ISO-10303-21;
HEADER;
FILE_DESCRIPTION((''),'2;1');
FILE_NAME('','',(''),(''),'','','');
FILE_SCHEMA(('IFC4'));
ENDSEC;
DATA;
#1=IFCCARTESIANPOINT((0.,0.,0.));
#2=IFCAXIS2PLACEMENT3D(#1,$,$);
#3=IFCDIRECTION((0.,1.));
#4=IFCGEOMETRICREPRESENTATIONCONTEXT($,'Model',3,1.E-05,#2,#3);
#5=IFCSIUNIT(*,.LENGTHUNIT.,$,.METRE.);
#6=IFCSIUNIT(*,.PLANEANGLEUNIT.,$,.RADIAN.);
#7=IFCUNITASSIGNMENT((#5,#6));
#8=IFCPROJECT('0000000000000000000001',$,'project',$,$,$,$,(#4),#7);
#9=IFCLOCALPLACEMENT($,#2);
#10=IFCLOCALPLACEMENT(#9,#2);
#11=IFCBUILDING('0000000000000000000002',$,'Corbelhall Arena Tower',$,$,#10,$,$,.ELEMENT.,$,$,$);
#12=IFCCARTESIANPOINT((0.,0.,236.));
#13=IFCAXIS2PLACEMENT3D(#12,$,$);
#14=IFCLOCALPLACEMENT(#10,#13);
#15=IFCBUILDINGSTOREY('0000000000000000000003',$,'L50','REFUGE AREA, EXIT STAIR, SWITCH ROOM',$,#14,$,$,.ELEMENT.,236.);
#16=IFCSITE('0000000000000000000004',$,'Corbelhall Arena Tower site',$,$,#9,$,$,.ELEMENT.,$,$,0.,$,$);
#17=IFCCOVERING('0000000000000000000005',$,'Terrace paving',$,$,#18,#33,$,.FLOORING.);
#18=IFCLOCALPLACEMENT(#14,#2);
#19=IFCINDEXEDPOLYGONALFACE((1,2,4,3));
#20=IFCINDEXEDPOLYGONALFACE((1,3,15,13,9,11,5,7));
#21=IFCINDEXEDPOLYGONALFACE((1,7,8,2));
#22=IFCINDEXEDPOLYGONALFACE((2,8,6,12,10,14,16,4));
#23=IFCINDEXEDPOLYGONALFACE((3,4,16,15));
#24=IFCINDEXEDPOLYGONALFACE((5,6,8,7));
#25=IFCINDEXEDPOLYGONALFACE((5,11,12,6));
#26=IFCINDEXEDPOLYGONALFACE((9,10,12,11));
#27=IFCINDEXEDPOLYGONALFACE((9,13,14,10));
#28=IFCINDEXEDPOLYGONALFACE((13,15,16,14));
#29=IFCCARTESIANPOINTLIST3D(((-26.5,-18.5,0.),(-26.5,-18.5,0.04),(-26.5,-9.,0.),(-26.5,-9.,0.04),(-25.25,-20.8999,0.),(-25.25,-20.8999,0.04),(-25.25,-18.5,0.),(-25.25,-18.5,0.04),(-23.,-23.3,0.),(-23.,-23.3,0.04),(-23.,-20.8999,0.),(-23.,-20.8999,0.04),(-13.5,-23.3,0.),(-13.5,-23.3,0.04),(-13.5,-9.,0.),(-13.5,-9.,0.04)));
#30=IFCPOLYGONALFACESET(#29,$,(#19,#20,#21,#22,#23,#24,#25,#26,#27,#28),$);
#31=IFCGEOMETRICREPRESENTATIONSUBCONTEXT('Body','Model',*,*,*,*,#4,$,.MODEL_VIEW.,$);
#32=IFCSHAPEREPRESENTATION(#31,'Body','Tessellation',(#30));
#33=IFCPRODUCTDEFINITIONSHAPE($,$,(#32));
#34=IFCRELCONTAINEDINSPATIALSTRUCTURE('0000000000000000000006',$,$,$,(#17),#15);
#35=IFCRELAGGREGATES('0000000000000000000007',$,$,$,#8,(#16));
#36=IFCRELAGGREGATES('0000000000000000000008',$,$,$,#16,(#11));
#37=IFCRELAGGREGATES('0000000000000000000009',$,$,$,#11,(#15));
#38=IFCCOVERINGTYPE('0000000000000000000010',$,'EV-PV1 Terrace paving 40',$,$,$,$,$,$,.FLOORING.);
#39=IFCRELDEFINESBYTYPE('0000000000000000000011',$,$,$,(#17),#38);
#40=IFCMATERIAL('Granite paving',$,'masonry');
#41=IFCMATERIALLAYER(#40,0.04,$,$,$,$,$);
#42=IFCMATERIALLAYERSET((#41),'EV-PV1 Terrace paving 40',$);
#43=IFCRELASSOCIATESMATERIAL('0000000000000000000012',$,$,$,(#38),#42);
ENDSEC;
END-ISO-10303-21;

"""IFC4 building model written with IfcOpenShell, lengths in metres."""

from ifc_helpers import new_model, si_unit, direction, frame, origin, place, context, subcontext, project, spatial, polyline, outline, extrude, material, layer, layer_set, type_object, element, save


model = new_model("IFC4")

# Units and contexts
model_context = context("Model", 3, precision=1e-05, world=origin(), true_north=direction((0.0, 1.0)))
body_context = subcontext(model_context, "Body", "Model", "MODEL_VIEW")
ifc_project = project(units=[si_unit("LENGTHUNIT", "METRE"), si_unit("PLANEANGLEUNIT", "RADIAN")], contexts=[model_context])

# Site, building, storey
site_placement = place(None, origin())
site = spatial("IfcSite", under=ifc_project, at=site_placement, Name="Corbelhall Arena Tower site", CompositionType="ELEMENT", RefElevation=0.0)
building_placement = place(site_placement, origin())
building = spatial("IfcBuilding", under=site, at=building_placement, Name="Corbelhall Arena Tower", CompositionType="ELEMENT")
storey_placement = place(building_placement, frame((0.0, 0.0, 236.0)))
storey = spatial("IfcBuildingStorey", under=building, at=storey_placement, Name="L50", Description="REFUGE AREA, EXIT STAIR, SWITCH ROOM", CompositionType="ELEMENT", Elevation=236.0)

# Covering
ifc_material_1 = material(Name="Granite paving", Category="masonry")
ifc_layer_1 = layer(ifc_material_1, 0.04)
ifc_layer_set_1 = layer_set([ifc_layer_1], Name="EV-PV1 Terrace paving 40")
covering_type = type_object("IfcCoveringType", Name="EV-PV1 Terrace paving 40", PredefinedType="FLOORING", material=ifc_layer_set_1)
covering_placement = place(storey_placement, origin())
element("IfcCovering", 1, at=covering_placement, inside=storey, type_object=covering_type, Name="Terrace paving", PredefinedType="FLOORING", context=body_context, shape_type="SweptSolid", body=[
    extrude(outline(polyline([(-13.5, -23.3), (-23.0, -23.3), (-23.0, -20.8999), (-25.25, -20.8999), (-25.25, -18.5), (-26.5, -18.5), (-26.5, -9.0), (-13.5, -9.0), (-13.5, -23.3)])), origin(), (0.0, 0.0, 1.0), 0.04),
])

save(model, "model.ifc")
